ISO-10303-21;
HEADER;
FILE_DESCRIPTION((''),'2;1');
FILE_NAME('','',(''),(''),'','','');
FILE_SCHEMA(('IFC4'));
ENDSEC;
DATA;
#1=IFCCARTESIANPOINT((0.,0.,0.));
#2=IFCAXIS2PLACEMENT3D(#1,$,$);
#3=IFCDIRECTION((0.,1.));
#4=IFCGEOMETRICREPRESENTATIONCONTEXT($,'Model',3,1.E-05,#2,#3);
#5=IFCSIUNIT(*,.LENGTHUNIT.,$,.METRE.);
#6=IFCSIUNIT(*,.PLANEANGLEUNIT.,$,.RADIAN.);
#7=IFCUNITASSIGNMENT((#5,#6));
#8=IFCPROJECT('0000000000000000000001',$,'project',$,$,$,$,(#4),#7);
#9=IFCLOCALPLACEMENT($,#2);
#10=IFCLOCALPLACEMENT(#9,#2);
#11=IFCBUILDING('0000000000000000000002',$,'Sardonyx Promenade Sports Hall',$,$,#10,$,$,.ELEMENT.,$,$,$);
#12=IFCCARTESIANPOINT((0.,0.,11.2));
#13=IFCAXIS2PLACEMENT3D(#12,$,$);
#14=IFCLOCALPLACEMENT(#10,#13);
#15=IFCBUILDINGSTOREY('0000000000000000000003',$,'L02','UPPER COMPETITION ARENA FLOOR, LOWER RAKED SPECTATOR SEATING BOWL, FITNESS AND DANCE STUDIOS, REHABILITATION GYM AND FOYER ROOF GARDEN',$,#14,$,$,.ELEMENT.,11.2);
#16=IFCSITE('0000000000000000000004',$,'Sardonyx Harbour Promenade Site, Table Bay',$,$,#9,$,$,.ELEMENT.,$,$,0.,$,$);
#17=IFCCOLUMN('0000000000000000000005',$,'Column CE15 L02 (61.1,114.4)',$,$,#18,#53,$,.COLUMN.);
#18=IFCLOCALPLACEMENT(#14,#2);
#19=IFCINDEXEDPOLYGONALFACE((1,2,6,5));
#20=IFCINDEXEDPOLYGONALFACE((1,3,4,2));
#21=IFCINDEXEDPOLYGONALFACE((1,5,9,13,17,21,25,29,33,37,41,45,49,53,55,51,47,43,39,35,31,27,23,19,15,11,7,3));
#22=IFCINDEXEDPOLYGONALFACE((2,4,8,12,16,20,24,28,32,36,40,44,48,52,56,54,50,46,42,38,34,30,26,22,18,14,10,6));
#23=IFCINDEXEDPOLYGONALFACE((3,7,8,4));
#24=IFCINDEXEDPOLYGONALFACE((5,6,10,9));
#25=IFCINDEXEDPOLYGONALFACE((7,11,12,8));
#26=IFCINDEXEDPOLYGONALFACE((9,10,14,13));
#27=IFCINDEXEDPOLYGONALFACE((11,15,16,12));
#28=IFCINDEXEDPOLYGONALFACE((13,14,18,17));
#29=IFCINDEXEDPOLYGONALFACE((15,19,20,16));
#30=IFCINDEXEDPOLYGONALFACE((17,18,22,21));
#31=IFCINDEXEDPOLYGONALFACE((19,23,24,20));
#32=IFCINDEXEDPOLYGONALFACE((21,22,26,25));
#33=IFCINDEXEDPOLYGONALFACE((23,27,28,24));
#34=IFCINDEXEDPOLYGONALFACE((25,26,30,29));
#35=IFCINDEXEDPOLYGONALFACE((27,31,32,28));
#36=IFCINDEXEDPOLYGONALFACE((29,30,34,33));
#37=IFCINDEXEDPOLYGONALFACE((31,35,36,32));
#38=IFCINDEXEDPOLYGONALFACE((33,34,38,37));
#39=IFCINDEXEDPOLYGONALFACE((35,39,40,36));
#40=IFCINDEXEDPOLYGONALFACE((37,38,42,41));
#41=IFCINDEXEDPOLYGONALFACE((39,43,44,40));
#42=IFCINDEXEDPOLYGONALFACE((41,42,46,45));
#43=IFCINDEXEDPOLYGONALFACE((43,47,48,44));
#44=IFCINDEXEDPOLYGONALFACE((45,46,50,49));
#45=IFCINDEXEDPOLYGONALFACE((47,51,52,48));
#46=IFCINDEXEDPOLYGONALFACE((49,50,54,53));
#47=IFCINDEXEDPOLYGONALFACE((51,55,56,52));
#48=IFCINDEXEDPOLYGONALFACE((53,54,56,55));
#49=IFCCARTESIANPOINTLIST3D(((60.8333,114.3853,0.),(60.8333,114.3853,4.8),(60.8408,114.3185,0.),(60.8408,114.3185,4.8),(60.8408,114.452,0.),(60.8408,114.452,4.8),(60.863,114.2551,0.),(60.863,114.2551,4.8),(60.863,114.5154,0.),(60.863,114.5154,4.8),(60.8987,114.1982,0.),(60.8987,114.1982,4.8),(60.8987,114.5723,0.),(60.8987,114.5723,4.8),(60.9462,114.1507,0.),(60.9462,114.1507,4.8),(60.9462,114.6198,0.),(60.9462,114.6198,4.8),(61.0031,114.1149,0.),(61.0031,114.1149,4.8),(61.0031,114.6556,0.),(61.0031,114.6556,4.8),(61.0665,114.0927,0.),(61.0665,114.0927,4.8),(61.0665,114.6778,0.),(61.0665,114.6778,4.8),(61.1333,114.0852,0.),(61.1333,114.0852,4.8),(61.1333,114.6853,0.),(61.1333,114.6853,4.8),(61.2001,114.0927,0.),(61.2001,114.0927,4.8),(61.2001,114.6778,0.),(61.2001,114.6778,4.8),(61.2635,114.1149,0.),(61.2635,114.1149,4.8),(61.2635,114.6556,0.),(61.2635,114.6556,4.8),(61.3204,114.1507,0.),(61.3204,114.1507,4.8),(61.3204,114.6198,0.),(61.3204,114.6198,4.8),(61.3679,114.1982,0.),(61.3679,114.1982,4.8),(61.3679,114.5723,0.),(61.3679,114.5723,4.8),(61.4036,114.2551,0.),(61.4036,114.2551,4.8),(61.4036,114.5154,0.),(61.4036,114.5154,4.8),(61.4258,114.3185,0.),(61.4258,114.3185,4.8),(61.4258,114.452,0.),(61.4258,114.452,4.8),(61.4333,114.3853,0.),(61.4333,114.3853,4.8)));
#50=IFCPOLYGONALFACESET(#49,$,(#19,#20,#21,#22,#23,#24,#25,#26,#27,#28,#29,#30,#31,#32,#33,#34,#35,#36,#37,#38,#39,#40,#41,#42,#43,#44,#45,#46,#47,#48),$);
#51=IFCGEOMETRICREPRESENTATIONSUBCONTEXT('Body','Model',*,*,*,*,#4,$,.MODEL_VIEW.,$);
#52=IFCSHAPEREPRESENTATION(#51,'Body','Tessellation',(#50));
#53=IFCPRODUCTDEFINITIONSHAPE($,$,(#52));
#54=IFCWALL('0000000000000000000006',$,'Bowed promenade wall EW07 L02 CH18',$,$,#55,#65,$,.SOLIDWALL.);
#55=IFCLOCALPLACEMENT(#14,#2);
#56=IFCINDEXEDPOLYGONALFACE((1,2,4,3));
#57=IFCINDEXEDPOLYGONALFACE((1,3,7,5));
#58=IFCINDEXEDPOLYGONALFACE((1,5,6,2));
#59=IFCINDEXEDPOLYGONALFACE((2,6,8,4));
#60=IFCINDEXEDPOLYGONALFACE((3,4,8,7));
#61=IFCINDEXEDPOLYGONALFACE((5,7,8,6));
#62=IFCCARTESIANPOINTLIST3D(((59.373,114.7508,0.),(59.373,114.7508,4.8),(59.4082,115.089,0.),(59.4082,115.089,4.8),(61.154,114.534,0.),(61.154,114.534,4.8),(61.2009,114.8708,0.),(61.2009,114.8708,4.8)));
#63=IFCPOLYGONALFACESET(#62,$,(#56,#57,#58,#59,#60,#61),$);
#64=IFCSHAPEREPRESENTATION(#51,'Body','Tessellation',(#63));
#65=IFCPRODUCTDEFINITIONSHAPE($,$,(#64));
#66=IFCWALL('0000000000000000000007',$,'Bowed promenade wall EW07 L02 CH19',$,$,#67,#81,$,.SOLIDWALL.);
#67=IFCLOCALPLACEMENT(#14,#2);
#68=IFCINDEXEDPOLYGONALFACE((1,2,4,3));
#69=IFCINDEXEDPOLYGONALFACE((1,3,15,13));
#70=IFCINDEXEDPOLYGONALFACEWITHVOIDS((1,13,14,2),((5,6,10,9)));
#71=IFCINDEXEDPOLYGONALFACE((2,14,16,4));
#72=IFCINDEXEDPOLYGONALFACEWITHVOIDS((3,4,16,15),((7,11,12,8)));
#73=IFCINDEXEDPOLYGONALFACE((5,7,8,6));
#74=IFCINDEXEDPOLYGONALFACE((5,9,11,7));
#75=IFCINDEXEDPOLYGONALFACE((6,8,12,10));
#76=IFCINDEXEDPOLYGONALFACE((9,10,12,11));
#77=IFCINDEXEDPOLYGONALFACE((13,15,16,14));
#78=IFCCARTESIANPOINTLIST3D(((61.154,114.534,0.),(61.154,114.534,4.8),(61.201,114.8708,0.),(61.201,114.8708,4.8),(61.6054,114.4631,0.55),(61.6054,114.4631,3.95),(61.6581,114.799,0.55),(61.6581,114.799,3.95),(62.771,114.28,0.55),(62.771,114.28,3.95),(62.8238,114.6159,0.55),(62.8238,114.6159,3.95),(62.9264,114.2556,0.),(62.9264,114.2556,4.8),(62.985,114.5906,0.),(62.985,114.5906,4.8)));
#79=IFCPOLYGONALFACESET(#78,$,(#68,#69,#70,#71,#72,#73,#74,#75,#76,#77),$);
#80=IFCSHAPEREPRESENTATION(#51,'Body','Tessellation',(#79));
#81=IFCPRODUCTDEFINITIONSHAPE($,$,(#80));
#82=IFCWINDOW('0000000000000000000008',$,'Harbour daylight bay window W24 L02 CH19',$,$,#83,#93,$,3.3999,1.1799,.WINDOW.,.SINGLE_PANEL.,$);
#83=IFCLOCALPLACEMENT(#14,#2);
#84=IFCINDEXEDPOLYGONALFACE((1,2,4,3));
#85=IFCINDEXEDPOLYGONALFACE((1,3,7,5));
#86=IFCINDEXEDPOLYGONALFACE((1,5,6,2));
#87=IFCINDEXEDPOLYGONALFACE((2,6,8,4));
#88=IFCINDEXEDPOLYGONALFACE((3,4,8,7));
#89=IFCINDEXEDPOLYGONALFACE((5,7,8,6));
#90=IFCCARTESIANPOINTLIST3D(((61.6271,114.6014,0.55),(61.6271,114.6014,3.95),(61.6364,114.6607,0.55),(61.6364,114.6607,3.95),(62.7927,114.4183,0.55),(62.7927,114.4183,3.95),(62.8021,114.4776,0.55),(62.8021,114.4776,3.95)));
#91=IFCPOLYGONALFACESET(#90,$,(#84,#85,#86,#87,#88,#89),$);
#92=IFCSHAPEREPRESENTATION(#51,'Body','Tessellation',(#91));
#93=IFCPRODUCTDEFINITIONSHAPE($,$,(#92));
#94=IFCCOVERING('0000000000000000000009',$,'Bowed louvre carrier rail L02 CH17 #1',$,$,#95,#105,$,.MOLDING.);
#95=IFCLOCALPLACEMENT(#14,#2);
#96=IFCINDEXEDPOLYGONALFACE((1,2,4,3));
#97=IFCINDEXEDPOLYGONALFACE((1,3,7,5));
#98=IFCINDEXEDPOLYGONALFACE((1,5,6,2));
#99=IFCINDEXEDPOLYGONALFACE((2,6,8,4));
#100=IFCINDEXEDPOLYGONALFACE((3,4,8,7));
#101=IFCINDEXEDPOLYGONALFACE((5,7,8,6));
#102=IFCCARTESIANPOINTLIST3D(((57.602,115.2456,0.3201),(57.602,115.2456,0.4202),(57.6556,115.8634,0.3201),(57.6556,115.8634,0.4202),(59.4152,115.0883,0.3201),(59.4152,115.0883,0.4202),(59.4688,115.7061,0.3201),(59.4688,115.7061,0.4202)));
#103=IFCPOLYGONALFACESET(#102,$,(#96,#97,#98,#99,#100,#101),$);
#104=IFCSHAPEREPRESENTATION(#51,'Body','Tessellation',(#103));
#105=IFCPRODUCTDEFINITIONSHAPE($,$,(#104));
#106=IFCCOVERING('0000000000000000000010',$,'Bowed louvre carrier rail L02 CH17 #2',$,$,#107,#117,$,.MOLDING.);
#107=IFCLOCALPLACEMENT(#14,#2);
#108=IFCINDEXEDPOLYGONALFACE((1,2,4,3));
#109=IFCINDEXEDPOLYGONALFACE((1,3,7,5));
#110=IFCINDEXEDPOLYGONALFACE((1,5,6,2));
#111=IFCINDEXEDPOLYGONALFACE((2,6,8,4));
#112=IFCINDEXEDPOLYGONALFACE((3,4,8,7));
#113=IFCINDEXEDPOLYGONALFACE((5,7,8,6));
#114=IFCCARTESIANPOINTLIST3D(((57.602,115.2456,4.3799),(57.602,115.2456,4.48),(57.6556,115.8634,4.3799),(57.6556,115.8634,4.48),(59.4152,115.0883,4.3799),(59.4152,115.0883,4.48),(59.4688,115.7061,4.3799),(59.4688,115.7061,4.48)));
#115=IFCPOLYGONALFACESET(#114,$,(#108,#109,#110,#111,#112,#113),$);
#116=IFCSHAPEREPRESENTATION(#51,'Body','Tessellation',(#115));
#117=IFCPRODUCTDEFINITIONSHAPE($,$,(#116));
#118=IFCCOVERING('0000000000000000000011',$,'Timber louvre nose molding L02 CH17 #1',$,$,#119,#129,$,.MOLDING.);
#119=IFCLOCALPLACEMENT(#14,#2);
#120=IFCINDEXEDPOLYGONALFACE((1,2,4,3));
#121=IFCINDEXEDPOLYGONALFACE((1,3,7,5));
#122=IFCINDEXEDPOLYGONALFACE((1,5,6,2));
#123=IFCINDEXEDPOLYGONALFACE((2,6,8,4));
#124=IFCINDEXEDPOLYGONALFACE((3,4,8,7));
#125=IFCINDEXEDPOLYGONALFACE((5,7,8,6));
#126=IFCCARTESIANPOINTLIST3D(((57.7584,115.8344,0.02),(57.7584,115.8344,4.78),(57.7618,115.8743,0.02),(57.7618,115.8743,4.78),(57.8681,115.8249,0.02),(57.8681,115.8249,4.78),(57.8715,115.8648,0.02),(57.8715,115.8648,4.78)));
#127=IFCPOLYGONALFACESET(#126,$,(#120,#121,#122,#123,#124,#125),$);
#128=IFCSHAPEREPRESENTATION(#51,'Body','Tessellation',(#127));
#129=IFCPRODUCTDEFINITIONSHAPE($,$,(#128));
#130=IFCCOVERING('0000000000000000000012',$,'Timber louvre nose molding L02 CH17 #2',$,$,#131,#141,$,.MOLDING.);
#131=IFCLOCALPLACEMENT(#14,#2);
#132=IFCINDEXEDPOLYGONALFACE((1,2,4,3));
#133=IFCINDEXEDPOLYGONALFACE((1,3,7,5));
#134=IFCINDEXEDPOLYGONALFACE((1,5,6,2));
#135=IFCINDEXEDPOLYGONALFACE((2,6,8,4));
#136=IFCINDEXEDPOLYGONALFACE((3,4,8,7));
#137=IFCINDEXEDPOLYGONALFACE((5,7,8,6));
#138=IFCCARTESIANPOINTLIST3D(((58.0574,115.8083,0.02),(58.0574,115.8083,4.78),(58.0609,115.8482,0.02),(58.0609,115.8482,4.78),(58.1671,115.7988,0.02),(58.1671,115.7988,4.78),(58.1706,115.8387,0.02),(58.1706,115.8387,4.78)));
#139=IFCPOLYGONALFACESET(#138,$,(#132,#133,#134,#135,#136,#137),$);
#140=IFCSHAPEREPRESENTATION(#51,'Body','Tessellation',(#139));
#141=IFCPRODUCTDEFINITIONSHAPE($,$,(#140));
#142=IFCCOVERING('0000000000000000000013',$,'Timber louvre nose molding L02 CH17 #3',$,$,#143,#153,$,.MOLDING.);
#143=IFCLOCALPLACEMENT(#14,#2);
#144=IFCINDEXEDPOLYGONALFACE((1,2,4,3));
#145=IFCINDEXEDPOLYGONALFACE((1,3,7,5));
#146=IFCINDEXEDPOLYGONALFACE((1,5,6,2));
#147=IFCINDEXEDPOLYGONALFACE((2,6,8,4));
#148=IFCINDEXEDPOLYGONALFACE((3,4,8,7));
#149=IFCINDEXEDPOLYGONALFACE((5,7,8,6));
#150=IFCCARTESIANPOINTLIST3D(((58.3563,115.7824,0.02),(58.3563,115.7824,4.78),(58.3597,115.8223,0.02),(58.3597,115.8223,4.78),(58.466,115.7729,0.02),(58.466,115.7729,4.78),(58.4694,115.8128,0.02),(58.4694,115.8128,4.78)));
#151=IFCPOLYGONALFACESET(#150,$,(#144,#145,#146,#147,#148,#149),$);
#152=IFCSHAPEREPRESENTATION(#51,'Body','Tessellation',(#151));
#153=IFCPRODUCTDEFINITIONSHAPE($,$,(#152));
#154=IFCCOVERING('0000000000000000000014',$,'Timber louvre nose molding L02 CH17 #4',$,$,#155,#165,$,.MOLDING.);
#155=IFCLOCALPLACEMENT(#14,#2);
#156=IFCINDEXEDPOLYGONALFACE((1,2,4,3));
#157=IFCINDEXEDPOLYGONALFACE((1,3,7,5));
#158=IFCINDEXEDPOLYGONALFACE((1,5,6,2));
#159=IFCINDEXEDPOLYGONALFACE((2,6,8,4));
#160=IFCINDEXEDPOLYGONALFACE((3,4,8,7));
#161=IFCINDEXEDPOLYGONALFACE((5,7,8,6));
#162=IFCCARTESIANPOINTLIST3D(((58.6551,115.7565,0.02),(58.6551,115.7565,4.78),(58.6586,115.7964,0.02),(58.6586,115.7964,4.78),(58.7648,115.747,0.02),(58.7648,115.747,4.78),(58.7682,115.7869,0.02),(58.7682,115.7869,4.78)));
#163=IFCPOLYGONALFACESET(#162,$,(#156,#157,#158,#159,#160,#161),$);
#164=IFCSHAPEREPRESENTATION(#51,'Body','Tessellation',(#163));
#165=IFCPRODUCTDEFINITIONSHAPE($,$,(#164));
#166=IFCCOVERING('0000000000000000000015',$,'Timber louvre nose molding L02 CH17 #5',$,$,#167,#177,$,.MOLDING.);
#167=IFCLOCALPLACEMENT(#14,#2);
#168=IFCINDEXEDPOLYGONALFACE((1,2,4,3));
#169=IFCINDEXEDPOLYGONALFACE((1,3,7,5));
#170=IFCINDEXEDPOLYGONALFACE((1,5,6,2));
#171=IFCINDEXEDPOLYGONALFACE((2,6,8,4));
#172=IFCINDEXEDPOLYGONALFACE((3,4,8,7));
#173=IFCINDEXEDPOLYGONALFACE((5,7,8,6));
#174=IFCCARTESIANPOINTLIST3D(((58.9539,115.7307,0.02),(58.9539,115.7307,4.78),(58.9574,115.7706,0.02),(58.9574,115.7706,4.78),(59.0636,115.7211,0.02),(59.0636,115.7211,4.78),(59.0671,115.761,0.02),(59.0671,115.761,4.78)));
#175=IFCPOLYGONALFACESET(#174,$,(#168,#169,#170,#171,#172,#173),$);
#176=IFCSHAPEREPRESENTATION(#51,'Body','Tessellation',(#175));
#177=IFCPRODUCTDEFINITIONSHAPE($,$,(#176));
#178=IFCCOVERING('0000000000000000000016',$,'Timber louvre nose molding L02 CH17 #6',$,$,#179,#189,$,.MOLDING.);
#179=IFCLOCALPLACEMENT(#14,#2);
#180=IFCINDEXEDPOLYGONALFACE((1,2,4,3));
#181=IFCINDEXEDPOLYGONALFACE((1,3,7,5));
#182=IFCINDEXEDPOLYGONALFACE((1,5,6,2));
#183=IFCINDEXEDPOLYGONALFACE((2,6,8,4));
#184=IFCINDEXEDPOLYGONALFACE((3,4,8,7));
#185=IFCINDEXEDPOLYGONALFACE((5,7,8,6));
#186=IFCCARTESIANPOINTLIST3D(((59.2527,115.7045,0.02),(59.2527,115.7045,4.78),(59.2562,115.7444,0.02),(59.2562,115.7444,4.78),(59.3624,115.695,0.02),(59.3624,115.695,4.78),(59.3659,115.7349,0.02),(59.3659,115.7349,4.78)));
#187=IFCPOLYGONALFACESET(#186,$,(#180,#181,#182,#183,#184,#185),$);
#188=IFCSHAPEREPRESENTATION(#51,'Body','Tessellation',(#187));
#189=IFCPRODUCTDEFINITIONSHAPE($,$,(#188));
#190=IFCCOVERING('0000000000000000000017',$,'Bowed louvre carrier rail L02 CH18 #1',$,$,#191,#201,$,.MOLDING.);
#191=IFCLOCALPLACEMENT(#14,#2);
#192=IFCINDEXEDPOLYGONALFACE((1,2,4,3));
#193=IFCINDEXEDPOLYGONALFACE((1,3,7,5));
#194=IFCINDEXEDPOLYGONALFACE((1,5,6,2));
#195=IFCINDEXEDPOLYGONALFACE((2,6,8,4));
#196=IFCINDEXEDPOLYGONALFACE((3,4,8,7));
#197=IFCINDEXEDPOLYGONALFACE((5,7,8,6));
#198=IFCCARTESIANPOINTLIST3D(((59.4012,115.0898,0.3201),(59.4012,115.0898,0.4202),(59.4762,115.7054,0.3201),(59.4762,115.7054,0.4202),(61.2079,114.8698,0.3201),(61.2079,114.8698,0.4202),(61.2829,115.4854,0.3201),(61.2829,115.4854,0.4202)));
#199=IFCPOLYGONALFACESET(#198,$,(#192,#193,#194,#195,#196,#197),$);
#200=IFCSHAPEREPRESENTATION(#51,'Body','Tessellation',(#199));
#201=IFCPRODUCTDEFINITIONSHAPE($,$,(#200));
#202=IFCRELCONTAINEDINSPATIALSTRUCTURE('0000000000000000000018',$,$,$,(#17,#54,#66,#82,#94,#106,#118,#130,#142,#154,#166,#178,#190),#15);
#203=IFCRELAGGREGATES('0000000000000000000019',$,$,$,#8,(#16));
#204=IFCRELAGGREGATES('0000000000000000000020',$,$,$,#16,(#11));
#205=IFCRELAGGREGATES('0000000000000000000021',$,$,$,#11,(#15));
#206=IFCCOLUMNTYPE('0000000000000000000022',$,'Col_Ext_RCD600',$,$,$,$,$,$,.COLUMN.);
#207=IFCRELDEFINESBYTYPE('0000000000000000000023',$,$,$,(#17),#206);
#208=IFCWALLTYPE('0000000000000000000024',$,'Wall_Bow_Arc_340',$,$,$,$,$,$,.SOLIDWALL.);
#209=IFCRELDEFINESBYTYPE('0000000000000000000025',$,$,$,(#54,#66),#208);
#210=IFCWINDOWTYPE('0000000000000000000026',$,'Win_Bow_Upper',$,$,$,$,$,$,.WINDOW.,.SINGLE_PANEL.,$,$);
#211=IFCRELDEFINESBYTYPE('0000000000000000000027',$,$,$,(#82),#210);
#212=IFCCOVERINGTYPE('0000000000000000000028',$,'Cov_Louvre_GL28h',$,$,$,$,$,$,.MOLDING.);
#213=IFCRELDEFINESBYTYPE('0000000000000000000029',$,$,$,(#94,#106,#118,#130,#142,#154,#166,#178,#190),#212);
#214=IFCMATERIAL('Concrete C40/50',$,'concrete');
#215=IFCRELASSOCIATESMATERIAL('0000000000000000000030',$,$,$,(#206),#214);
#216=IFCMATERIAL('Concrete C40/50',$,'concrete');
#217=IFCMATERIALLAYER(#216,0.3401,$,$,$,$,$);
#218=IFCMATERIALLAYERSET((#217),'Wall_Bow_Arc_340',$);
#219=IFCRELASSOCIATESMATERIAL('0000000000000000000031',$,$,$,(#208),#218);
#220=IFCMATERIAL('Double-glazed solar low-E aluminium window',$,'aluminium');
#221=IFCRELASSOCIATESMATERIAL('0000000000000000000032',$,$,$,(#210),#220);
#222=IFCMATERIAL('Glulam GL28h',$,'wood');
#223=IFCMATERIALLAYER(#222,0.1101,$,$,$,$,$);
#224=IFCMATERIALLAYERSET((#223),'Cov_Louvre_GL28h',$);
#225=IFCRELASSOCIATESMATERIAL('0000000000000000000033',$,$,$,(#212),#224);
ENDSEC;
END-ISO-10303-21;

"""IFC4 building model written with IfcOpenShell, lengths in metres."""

from ifc_helpers import new_model, si_unit, direction, frame, frame_2d, origin, origin_2d, place, context, subcontext, project, spatial, polyline, rectangle, circle, outline, extrude, material, layer, layer_set, material_profile, profile_set, type_object, element, fill, save


model = new_model("IFC4")

# Units and contexts
model_context = context("Model", 3, precision=1e-05, world=origin(), true_north=direction((0.0, 1.0)))
body_context = subcontext(model_context, "Body", "Model", "MODEL_VIEW")
ifc_project = project(units=[si_unit("LENGTHUNIT", "METRE"), si_unit("PLANEANGLEUNIT", "RADIAN")], contexts=[model_context])

# Site, building, storey
site_placement = place(None, origin())
site = spatial("IfcSite", under=ifc_project, at=site_placement, Name="Sardonyx Harbour Promenade Site, Table Bay", CompositionType="ELEMENT", RefElevation=0.0)
building_placement = place(site_placement, origin())
building = spatial("IfcBuilding", under=site, at=building_placement, Name="Sardonyx Promenade Sports Hall", CompositionType="ELEMENT")
storey_placement = place(building_placement, frame((0.0, 0.0, 11.2)))
storey = spatial("IfcBuildingStorey", under=building, at=storey_placement, Name="L02", Description="UPPER COMPETITION ARENA FLOOR, LOWER RAKED SPECTATOR SEATING BOWL, FITNESS AND DANCE STUDIOS, REHABILITATION GYM AND FOYER ROOF GARDEN", CompositionType="ELEMENT", Elevation=11.2)

# Column
ifc_material_1 = material(Name="Concrete C40/50", Category="concrete")
ifc_material_profile = material_profile(ifc_material_1, circle(Radius=0.3, at=origin_2d()))
ifc_profile_set = profile_set([ifc_material_profile], Name="Concrete C40/50")
column_type = type_object("IfcColumnType", Name="Col_Ext_RCD600", PredefinedType="COLUMN", material=ifc_profile_set)
column_placement = place(storey_placement, frame((61.1333, 114.3853, 0.0), z_axis=(0.0, 0.0, 1.0), x_axis=(1.0, 0.0, 0.0)))
element("IfcColumn", 1, at=column_placement, inside=storey, type_object=column_type, Name="Column CE15 L02 (61.1,114.4)", PredefinedType="COLUMN", context=body_context, shape_type="SweptSolid", body=[
    extrude(circle(Radius=0.3, at=origin_2d()), origin(), (0.0, 0.0, 1.0), 4.8),
])

# Wall
ifc_material_2 = material(Name="Concrete C40/50", Category="concrete")
ifc_layer_1 = layer(ifc_material_2, 0.3401)
ifc_layer_set_1 = layer_set([ifc_layer_1], Name="Wall_Bow_Arc_340")
wall_type = type_object("IfcWallType", Name="Wall_Bow_Arc_340", PredefinedType="SOLIDWALL", material=ifc_layer_set_1)
wall_1_placement = place(storey_placement, frame((59.3906, 114.9199, 0.0), z_axis=(0.0, 0.0, 1.0), x_axis=(0.992671, -0.120846, 0.0)))
element("IfcWall", 2, at=wall_1_placement, inside=storey, type_object=wall_type, Name="Bowed promenade wall EW07 L02 CH18", PredefinedType="SOLIDWALL", context=body_context, shape_type="SweptSolid", body=[
    extrude(outline(polyline([(0.0029, -0.17), (1.7971, -0.17), (1.8029, 0.17), (-0.0029, 0.17), (0.0029, -0.17)])), origin(), (0.0, 0.0, 1.0), 4.8),
])

# Wall, opening, window
wall_2_placement = place(storey_placement, frame((61.1775, 114.7024, 0.0), z_axis=(0.0, 0.0, 1.0), x_axis=(0.987887, -0.155175, 0.0)))
wall_2 = element("IfcWall", 3, at=wall_2_placement, inside=storey, type_object=wall_type, Name="Bowed promenade wall EW07 L02 CH19", PredefinedType="SOLIDWALL", context=body_context, shape_type="SweptSolid", body=[
    extrude(outline(polyline([(0.0029, -0.17), (1.7971, -0.17), (1.8029, 0.17), (-0.0029, 0.17), (0.0029, -0.17)])), origin(), (0.0, 0.0, 1.0), 4.8),
])
opening_placement = place(wall_2_placement, frame((0.46, 0.0, 0.55)))
opening = element("IfcOpeningElement", 4, at=opening_placement, cuts=wall_2, PredefinedType="OPENING", context=body_context, shape_type="SweptSolid", body=[
    extrude(rectangle(XDim=1.1799, YDim=3.3999, at=frame_2d((0.5898, 1.7))), frame((0.0, 0.18, 0.0), z_axis=(0.0, -1.0, 0.0), x_axis=(1.0, 0.0, 0.0)), (0.0, 0.0, 1.0), 0.36),
])
ifc_material_3 = material(Name="Double-glazed solar low-E aluminium window", Category="aluminium")
window_type = type_object("IfcWindowType", Name="Win_Bow_Upper", PartitioningType="SINGLE_PANEL", PredefinedType="WINDOW", material=ifc_material_3)
window_placement = place(opening_placement, origin())
window = element("IfcWindow", 5, at=window_placement, inside=storey, type_object=window_type, Name="Harbour daylight bay window W24 L02 CH19", OverallHeight=3.3999, OverallWidth=1.1799, PartitioningType="SINGLE_PANEL", PredefinedType="WINDOW", context=body_context, shape_type="SweptSolid", body=[
    extrude(rectangle(XDim=1.1799, YDim=3.3999, at=frame_2d((0.5898, 1.7))), frame((0.0, 0.03, 0.0), z_axis=(0.0, -1.0, 0.0), x_axis=(1.0, 0.0, 0.0)), (0.0, 0.0, 1.0), 0.0601),
])
fill(opening, window)

# Coverings
ifc_material_4 = material(Name="Glulam GL28h", Category="wood")
ifc_layer_2 = layer(ifc_material_4, 0.1101)
ifc_layer_set_2 = layer_set([ifc_layer_2], Name="Cov_Louvre_GL28h")
covering_type = type_object("IfcCoveringType", Name="Cov_Louvre_GL28h", PredefinedType="MOLDING", material=ifc_layer_set_2)
for number, where, z_axis, x_axis, name in (
    (6, (58.5354, 115.4758, 0.3201), (0.0, 0.0, 1.0), (0.996258, -0.086434, 0.0), "Bowed louvre carrier rail L02 CH17 #1"),
    (7, (58.5354, 115.4758, 4.3799), (0.0, 0.0, 1.0), (0.996258, -0.086434, 0.0), "Bowed louvre carrier rail L02 CH17 #2"),
):
    element("IfcCovering", number, at=place(storey_placement, frame(where, z_axis=z_axis, x_axis=x_axis)), inside=storey, type_object=covering_type, Name=name, PredefinedType="MOLDING", context=body_context, shape_type="SweptSolid", body=[
        extrude(rectangle(XDim=1.8201, YDim=0.6201, at=origin_2d()), origin(), (0.0, 0.0, 1.0), 0.1001),
    ])
for number, where, z_axis, x_axis, name in (
    (8, (57.8149, 115.8496, 0.02), (0.0, 0.0, 1.0), (0.996258, -0.086434, 0.0), "Timber louvre nose molding L02 CH17 #1"),
    (9, (58.114, 115.8235, 0.02), (0.0, 0.0, 1.0), (0.996258, -0.086434, 0.0), "Timber louvre nose molding L02 CH17 #2"),
    (10, (58.4128, 115.7976, 0.02), (0.0, 0.0, 1.0), (0.996258, -0.086434, 0.0), "Timber louvre nose molding L02 CH17 #3"),
    (11, (58.7117, 115.7717, 0.02), (0.0, 0.0, 1.0), (0.996258, -0.086434, 0.0), "Timber louvre nose molding L02 CH17 #4"),
    (12, (59.0105, 115.7458, 0.02), (0.0, 0.0, 1.0), (0.996258, -0.086434, 0.0), "Timber louvre nose molding L02 CH17 #5"),
    (13, (59.3093, 115.7197, 0.02), (0.0, 0.0, 1.0), (0.996258, -0.086434, 0.0), "Timber louvre nose molding L02 CH17 #6"),
):
    element("IfcCovering", number, at=place(storey_placement, frame(where, z_axis=z_axis, x_axis=x_axis)), inside=storey, type_object=covering_type, Name=name, PredefinedType="MOLDING", context=body_context, shape_type="SweptSolid", body=[
        extrude(rectangle(XDim=0.1101, YDim=0.04, at=origin_2d()), origin(), (0.0, 0.0, 1.0), 4.76),
    ])
for number, where, z_axis, x_axis, name in (
    (14, (60.342, 115.2876, 0.3201), (0.0, 0.0, 1.0), (0.992669, -0.120863, 0.0), "Bowed louvre carrier rail L02 CH18 #1"),
):
    element("IfcCovering", number, at=place(storey_placement, frame(where, z_axis=z_axis, x_axis=x_axis)), inside=storey, type_object=covering_type, Name=name, PredefinedType="MOLDING", context=body_context, shape_type="SweptSolid", body=[
        extrude(rectangle(XDim=1.8201, YDim=0.6201, at=origin_2d()), origin(), (0.0, 0.0, 1.0), 0.1001),
    ])

save(model, "model.ifc")
